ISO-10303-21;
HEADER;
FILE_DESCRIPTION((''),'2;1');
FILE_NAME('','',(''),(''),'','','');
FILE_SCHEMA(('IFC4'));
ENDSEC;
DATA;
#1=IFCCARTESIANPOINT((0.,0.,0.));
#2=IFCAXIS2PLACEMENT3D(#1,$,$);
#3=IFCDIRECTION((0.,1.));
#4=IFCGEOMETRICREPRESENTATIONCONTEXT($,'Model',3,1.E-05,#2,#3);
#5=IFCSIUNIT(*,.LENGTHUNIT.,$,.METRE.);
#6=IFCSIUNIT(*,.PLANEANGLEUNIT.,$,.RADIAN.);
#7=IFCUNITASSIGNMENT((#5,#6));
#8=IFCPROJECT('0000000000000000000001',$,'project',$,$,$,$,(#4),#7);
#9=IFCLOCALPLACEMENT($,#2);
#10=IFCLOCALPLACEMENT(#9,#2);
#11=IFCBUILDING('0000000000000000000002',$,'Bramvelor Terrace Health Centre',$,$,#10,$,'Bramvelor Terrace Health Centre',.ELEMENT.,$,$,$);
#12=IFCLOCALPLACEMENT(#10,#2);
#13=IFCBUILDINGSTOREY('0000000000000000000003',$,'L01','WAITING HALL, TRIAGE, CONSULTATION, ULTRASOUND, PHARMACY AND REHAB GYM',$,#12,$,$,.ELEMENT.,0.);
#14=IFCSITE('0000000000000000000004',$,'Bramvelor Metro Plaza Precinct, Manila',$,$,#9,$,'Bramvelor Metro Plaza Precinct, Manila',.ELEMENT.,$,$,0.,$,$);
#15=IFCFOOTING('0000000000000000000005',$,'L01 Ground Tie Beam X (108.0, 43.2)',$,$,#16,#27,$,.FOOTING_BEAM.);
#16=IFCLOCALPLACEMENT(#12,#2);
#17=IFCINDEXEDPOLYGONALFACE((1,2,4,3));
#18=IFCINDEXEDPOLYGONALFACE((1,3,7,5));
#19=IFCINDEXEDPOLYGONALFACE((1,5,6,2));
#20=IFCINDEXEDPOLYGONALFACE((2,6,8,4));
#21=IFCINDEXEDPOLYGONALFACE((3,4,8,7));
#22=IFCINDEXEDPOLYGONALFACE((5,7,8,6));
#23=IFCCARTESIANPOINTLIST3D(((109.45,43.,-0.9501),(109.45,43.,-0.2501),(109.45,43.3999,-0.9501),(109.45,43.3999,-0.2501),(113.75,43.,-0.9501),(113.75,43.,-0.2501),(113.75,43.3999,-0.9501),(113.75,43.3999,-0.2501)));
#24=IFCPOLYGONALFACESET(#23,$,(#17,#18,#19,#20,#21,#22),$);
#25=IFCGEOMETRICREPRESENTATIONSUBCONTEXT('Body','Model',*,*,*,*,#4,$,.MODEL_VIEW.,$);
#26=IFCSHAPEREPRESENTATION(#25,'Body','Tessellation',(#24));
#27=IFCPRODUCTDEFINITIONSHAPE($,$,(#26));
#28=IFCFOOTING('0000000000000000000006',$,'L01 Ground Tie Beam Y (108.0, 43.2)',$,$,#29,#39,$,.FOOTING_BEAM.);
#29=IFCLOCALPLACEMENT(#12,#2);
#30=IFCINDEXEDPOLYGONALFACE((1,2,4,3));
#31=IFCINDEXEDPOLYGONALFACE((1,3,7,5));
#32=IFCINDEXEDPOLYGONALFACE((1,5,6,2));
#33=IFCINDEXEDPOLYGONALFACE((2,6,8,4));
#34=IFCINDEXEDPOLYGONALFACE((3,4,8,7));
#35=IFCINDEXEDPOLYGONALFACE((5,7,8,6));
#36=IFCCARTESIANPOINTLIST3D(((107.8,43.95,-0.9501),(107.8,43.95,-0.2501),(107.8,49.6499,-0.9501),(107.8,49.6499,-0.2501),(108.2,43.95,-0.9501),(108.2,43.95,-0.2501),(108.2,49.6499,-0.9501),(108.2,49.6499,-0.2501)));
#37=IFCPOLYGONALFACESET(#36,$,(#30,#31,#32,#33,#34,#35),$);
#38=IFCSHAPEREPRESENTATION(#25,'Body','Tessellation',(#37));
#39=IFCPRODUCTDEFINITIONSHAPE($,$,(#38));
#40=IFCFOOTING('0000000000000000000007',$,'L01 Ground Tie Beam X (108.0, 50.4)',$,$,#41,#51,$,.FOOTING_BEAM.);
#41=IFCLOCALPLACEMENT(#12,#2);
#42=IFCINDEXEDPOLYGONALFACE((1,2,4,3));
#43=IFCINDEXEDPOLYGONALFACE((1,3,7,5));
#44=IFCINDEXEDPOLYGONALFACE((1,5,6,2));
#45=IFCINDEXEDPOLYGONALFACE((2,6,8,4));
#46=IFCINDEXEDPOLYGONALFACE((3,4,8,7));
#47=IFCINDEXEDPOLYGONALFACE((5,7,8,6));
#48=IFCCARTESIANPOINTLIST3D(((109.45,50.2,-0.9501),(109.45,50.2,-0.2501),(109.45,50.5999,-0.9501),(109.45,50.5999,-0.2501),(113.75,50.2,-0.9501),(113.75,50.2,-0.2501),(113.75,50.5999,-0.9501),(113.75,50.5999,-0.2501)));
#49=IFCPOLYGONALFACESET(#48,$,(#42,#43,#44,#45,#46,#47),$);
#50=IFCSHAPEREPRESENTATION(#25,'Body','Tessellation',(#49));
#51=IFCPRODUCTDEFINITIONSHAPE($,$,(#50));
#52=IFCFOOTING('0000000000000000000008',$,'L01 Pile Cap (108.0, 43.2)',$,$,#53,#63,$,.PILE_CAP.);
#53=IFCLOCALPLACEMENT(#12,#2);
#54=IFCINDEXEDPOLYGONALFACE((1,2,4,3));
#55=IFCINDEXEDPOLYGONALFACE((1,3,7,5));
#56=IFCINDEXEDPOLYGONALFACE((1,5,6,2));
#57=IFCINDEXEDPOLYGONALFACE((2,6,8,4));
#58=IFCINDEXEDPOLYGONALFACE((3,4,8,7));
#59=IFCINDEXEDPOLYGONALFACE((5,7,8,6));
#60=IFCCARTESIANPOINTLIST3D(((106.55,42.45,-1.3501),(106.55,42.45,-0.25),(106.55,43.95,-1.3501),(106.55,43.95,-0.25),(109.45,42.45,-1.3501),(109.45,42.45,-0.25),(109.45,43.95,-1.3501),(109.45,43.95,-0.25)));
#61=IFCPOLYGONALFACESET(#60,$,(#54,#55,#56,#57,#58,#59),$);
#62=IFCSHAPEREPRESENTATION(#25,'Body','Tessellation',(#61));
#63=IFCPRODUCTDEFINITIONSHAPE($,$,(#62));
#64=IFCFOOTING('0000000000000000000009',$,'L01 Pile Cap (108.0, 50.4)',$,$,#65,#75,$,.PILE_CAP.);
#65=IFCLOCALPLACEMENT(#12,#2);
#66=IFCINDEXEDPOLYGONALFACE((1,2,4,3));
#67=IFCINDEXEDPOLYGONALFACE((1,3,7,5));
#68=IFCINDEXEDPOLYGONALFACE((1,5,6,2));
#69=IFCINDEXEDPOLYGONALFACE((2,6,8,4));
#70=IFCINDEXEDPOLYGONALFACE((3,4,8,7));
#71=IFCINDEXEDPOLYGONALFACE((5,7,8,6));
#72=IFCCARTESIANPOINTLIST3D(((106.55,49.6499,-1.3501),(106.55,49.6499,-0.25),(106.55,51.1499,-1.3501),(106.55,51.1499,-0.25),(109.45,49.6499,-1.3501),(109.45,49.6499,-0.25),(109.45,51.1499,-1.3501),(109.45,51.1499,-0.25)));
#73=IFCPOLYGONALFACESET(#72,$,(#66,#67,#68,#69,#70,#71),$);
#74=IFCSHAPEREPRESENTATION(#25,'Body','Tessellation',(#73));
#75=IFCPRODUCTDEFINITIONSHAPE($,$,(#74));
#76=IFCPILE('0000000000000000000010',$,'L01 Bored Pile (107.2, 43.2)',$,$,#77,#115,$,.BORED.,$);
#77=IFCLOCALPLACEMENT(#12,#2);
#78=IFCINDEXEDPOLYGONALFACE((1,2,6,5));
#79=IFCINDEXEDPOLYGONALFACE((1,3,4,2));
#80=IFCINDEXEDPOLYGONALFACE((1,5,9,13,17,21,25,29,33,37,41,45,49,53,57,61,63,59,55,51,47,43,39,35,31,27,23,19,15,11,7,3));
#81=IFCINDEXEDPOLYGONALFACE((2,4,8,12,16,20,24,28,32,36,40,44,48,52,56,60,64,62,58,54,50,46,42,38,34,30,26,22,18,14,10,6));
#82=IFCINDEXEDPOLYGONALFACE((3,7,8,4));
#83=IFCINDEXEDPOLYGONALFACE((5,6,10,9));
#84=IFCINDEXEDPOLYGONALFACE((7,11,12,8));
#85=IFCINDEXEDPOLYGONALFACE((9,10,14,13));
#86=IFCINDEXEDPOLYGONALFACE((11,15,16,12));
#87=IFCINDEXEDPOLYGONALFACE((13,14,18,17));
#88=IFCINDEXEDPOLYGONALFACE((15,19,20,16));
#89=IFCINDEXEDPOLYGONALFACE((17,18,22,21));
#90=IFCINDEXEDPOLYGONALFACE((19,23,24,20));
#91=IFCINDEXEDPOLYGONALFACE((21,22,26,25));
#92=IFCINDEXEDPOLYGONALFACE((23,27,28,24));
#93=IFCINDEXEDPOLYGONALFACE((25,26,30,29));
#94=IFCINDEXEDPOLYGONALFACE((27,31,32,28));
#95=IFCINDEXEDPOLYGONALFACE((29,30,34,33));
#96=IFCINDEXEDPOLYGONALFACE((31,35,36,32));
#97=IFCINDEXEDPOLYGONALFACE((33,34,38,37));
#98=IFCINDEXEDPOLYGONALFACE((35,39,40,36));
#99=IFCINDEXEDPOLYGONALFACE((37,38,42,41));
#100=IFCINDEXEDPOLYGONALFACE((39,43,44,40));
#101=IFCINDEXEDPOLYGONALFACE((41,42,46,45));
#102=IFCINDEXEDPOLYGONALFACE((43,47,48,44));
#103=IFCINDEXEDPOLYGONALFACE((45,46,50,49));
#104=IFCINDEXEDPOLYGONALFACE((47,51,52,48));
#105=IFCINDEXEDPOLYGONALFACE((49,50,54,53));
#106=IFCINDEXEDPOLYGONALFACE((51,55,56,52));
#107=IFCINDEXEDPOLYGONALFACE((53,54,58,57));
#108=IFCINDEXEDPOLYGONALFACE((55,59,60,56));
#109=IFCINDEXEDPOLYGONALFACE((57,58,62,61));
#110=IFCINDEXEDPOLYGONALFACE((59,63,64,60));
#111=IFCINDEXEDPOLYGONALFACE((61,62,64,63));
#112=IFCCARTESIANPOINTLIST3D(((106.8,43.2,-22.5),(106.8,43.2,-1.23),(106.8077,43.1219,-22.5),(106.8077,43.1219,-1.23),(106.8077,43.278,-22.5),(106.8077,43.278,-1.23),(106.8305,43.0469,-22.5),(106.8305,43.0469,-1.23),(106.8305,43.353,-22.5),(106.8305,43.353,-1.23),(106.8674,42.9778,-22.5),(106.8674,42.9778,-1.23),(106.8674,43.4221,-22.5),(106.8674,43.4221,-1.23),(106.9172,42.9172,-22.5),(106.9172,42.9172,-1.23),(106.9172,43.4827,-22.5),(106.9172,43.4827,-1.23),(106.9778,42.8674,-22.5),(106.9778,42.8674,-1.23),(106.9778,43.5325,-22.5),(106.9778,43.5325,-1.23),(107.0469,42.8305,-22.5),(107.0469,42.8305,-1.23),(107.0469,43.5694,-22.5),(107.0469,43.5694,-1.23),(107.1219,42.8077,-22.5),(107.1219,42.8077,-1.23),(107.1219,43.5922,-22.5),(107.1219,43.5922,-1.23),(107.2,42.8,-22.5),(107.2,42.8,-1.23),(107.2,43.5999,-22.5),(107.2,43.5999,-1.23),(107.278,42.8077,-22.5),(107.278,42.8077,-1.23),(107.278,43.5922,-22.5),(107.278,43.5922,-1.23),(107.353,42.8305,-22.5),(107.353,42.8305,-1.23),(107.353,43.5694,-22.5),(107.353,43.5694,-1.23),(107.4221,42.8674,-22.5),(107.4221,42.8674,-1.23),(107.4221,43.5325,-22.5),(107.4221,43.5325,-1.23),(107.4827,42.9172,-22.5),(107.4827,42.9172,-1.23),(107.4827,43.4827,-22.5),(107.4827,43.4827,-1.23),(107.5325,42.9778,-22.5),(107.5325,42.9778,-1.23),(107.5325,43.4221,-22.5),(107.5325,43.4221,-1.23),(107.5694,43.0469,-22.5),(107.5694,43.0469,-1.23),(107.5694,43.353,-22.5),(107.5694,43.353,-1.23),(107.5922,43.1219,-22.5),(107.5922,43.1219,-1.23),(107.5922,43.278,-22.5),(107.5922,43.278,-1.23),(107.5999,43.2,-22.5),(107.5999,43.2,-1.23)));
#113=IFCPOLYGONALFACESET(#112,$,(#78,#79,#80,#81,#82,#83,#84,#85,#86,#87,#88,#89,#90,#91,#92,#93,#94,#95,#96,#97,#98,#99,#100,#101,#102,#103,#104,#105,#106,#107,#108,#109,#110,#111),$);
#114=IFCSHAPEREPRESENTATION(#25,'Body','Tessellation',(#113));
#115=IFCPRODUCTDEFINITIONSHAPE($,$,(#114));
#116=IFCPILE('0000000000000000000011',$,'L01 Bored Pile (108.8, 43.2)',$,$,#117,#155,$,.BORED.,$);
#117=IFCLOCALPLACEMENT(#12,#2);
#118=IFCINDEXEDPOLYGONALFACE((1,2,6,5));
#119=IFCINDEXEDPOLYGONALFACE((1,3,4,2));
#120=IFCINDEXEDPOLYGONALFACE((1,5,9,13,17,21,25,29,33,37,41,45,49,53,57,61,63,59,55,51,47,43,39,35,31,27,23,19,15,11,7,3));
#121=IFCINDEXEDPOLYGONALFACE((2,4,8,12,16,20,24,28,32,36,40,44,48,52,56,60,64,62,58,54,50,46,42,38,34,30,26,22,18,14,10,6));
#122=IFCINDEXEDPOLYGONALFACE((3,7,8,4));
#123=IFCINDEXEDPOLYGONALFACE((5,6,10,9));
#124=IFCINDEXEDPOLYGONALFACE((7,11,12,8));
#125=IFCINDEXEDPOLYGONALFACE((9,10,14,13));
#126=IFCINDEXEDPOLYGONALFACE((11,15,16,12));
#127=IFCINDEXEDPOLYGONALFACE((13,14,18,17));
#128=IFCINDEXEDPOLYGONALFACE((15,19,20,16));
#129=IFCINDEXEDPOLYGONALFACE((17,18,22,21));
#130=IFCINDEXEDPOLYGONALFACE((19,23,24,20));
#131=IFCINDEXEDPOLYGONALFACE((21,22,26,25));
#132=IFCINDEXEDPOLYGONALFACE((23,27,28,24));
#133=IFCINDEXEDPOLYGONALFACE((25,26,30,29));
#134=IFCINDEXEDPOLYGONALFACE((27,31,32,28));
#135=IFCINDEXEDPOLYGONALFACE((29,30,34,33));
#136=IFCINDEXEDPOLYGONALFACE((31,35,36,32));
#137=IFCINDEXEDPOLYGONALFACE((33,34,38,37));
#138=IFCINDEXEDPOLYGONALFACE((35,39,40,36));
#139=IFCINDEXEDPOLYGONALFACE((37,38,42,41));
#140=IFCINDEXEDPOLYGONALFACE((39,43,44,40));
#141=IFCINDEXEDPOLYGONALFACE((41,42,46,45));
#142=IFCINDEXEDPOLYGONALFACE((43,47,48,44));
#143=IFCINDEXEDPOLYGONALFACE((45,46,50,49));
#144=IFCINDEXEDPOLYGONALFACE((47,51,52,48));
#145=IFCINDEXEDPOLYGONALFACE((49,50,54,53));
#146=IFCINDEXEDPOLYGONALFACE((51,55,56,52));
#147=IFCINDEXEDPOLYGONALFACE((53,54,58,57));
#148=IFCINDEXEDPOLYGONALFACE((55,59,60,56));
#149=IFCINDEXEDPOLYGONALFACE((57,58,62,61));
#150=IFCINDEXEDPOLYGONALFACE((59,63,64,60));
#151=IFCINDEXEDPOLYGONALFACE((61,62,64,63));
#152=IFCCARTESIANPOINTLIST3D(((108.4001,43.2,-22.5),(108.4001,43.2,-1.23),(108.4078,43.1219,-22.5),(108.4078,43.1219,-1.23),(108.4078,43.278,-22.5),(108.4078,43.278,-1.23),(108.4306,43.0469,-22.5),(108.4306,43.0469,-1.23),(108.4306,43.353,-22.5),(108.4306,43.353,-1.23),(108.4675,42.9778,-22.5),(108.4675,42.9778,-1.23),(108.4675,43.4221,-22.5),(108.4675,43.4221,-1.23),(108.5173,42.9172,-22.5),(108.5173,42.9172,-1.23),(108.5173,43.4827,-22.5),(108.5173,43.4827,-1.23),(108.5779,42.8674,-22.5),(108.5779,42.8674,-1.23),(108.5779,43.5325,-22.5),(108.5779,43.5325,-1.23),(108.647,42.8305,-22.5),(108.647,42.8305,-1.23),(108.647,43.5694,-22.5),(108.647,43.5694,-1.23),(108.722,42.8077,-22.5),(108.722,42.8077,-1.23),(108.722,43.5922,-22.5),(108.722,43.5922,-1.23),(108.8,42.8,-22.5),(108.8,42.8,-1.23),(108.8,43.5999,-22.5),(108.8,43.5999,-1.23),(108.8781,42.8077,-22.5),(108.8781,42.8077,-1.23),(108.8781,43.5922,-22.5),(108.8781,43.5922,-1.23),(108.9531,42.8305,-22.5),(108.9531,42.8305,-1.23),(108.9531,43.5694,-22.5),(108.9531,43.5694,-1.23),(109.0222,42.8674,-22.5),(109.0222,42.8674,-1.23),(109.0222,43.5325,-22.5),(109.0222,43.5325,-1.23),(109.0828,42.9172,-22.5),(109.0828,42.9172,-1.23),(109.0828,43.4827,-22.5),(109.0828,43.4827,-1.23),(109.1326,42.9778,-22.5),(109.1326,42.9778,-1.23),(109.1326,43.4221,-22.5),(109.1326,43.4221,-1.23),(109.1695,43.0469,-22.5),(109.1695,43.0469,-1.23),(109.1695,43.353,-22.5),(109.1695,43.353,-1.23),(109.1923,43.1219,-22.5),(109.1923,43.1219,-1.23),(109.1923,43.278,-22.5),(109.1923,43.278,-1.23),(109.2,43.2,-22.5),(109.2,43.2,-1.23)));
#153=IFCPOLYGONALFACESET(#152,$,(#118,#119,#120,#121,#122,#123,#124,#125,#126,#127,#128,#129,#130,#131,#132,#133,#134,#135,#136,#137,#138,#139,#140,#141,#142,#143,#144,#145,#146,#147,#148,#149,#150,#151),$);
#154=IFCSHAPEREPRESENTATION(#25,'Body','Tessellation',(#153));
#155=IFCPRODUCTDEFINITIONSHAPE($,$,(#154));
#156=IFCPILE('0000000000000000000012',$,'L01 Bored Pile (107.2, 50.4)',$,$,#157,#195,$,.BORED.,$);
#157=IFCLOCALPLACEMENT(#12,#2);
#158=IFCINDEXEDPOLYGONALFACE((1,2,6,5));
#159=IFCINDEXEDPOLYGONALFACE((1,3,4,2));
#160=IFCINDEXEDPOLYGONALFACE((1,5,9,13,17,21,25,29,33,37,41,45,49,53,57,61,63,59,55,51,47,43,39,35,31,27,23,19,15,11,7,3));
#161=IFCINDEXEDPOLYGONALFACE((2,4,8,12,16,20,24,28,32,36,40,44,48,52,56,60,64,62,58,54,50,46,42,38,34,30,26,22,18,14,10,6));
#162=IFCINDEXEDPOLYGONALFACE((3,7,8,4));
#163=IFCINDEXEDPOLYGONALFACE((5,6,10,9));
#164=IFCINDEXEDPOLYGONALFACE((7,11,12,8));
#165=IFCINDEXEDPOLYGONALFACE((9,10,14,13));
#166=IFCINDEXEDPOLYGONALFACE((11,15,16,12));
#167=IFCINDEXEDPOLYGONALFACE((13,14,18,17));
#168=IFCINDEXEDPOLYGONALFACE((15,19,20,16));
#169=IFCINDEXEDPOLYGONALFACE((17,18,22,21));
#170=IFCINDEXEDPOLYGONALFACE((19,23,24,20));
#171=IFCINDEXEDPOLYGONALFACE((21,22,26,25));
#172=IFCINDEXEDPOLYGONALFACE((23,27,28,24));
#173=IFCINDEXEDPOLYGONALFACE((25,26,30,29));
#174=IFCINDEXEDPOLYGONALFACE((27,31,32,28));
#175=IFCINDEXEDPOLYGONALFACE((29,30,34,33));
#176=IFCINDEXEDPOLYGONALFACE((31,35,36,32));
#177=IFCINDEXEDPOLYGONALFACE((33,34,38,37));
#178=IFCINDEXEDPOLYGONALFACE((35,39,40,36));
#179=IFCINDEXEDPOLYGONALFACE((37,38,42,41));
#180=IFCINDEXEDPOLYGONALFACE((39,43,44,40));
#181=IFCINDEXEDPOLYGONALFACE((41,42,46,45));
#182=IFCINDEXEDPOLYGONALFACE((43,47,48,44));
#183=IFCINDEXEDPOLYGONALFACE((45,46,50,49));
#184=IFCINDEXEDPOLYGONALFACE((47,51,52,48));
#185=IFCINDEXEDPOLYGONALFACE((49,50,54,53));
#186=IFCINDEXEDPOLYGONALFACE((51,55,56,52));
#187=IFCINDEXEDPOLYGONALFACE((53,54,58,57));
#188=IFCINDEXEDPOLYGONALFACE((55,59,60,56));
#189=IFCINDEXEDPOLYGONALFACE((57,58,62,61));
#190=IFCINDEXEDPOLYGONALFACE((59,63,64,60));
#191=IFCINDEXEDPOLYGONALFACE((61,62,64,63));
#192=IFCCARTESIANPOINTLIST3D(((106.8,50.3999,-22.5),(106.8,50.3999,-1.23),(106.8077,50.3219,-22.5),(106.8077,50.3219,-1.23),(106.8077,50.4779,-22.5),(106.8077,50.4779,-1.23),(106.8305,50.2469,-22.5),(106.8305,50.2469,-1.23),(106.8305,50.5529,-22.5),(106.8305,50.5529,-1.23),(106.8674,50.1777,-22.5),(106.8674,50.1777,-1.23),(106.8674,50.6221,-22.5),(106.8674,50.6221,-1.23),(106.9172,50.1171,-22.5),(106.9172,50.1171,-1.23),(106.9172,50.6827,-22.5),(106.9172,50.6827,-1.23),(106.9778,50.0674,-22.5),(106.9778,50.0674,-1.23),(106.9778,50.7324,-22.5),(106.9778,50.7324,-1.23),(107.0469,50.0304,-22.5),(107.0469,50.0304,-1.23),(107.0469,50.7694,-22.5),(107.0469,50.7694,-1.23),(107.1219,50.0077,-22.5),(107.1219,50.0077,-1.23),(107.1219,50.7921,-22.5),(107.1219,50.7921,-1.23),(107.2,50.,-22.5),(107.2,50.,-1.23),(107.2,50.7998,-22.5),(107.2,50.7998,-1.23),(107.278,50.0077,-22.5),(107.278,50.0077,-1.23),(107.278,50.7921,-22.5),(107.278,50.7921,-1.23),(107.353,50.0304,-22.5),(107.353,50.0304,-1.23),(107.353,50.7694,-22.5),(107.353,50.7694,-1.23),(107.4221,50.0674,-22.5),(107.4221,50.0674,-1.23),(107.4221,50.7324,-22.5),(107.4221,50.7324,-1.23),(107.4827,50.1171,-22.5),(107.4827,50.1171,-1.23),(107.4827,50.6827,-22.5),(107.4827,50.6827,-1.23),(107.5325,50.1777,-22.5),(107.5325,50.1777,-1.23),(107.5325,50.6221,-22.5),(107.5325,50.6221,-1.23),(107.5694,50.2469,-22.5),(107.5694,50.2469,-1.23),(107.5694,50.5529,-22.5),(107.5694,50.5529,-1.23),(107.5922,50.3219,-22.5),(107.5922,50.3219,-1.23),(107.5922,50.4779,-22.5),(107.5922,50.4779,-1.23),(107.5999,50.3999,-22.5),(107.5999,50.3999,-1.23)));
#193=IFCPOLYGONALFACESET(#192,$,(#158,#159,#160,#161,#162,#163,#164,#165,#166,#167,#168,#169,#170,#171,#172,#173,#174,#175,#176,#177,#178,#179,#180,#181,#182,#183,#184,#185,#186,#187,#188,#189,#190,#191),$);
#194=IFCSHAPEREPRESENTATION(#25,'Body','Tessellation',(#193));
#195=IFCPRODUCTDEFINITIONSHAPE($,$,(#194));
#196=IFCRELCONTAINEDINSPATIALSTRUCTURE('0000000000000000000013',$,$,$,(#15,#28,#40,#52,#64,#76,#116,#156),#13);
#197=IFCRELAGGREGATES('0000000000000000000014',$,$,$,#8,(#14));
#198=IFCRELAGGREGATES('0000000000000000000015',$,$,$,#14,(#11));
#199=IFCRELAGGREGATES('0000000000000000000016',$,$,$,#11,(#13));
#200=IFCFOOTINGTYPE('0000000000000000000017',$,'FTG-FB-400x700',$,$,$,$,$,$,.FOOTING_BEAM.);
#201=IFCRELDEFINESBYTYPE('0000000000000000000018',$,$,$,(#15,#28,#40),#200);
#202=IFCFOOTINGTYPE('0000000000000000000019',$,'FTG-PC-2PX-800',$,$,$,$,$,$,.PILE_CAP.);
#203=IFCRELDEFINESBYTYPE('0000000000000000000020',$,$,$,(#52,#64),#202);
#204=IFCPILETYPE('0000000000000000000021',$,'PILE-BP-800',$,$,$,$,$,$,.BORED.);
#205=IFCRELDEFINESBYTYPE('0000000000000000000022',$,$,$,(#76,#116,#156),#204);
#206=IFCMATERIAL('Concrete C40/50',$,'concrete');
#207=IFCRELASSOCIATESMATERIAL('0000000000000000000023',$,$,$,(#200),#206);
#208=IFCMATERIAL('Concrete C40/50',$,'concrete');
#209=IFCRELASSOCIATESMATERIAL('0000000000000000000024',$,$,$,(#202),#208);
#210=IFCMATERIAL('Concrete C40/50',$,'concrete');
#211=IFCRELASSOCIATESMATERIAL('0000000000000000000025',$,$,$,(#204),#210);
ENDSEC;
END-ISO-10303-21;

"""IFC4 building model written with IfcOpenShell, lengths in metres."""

from ifc_helpers import new_model, si_unit, direction, frame, origin, origin_2d, place, context, subcontext, project, spatial, rectangle, circle, extrude, material, material_profile, profile_set, type_object, element, save


model = new_model("IFC4")

# Units and contexts
model_context = context("Model", 3, precision=1e-05, world=origin(), true_north=direction((0.0, 1.0)))
body_context = subcontext(model_context, "Body", "Model", "MODEL_VIEW")
ifc_project = project(units=[si_unit("LENGTHUNIT", "METRE"), si_unit("PLANEANGLEUNIT", "RADIAN")], contexts=[model_context])

# Site, building, storey
site_placement = place(None, origin())
site = spatial("IfcSite", under=ifc_project, at=site_placement, Name="Bramvelor Metro Plaza Precinct, Manila", LongName="Bramvelor Metro Plaza Precinct, Manila", CompositionType="ELEMENT", RefElevation=0.0)
building_placement = place(site_placement, origin())
building = spatial("IfcBuilding", under=site, at=building_placement, Name="Bramvelor Terrace Health Centre", LongName="Bramvelor Terrace Health Centre", CompositionType="ELEMENT")
storey_placement = place(building_placement, origin())
storey = spatial("IfcBuildingStorey", under=building, at=storey_placement, Name="L01", Description="WAITING HALL, TRIAGE, CONSULTATION, ULTRASOUND, PHARMACY AND REHAB GYM", CompositionType="ELEMENT", Elevation=0.0)

# Footings
ifc_material_1 = material(Name="Concrete C40/50", Category="concrete")
ifc_material_profile_1 = material_profile(ifc_material_1, rectangle(XDim=0.3999, YDim=0.7, at=origin_2d()), Name="RC 400x700")
ifc_profile_set_1 = profile_set([ifc_material_profile_1], Name="Concrete C40/50")
footing_type_1 = type_object("IfcFootingType", Name="FTG-FB-400x700", PredefinedType="FOOTING_BEAM", material=ifc_profile_set_1)
footing_1_placement = place(storey_placement, frame((109.45, 43.2, -0.6001), z_axis=(1.0, 0.0, 0.0), x_axis=(0.0, 1.0, 0.0)))
element("IfcFooting", 1, at=footing_1_placement, inside=storey, type_object=footing_type_1, Name="L01 Ground Tie Beam X (108.0, 43.2)", PredefinedType="FOOTING_BEAM", context=body_context, shape_type="SweptSolid", body=[
    extrude(rectangle(XDim=0.3999, YDim=0.7, at=origin_2d()), origin(), (0.0, 0.0, 1.0), 4.3),
])
footing_2_placement = place(storey_placement, frame((108.0, 43.95, -0.6001), z_axis=(0.0, 1.0, 0.0), x_axis=(-1.0, 0.0, 0.0)))
element("IfcFooting", 2, at=footing_2_placement, inside=storey, type_object=footing_type_1, Name="L01 Ground Tie Beam Y (108.0, 43.2)", PredefinedType="FOOTING_BEAM", context=body_context, shape_type="SweptSolid", body=[
    extrude(rectangle(XDim=0.3999, YDim=0.7, at=origin_2d()), origin(), (0.0, 0.0, 1.0), 5.7),
])
footing_3_placement = place(storey_placement, frame((109.45, 50.3999, -0.6001), z_axis=(1.0, 0.0, 0.0), x_axis=(0.0, 1.0, 0.0)))
element("IfcFooting", 3, at=footing_3_placement, inside=storey, type_object=footing_type_1, Name="L01 Ground Tie Beam X (108.0, 50.4)", PredefinedType="FOOTING_BEAM", context=body_context, shape_type="SweptSolid", body=[
    extrude(rectangle(XDim=0.3999, YDim=0.7, at=origin_2d()), origin(), (0.0, 0.0, 1.0), 4.3),
])
ifc_material_2 = material(Name="Concrete C40/50", Category="concrete")
footing_type_2 = type_object("IfcFootingType", Name="FTG-PC-2PX-800", PredefinedType="PILE_CAP", material=ifc_material_2)
for number, where, z_axis, x_axis, name in (
    (4, (108.0, 43.2, -1.3501), (0.0, 0.0, 1.0), (1.0, 0.0, 0.0), "L01 Pile Cap (108.0, 43.2)"),
    (5, (108.0, 50.3999, -1.3501), (0.0, 0.0, 1.0), (1.0, 0.0, 0.0), "L01 Pile Cap (108.0, 50.4)"),
):
    element("IfcFooting", number, at=place(storey_placement, frame(where, z_axis=z_axis, x_axis=x_axis)), inside=storey, type_object=footing_type_2, Name=name, PredefinedType="PILE_CAP", context=body_context, shape_type="SweptSolid", body=[
        extrude(rectangle(XDim=2.8999, YDim=1.5, at=origin_2d()), origin(), (0.0, 0.0, 1.0), 1.1001),
    ])

# Piles
ifc_material_3 = material(Name="Concrete C40/50", Category="concrete")
ifc_material_profile_2 = material_profile(ifc_material_3, circle(Radius=0.3999, at=origin_2d()), Name="BP D800")
ifc_profile_set_2 = profile_set([ifc_material_profile_2], Name="Concrete C40/50")
pile_type = type_object("IfcPileType", Name="PILE-BP-800", PredefinedType="BORED", material=ifc_profile_set_2)
for number, where, z_axis, x_axis, name in (
    (6, (107.2, 43.2, -1.23), (0.0, 0.0, -1.0), (1.0, 0.0, 0.0), "L01 Bored Pile (107.2, 43.2)"),
    (7, (108.8, 43.2, -1.23), (0.0, 0.0, -1.0), (1.0, 0.0, 0.0), "L01 Bored Pile (108.8, 43.2)"),
    (8, (107.2, 50.3999, -1.23), (0.0, 0.0, -1.0), (1.0, 0.0, 0.0), "L01 Bored Pile (107.2, 50.4)"),
):
    element("IfcPile", number, at=place(storey_placement, frame(where, z_axis=z_axis, x_axis=x_axis)), inside=storey, type_object=pile_type, Name=name, PredefinedType="BORED", context=body_context, shape_type="SweptSolid", body=[
        extrude(circle(Radius=0.3999, at=origin_2d()), origin(), (0.0, 0.0, 1.0), 21.27),
    ])

save(model, "model.ifc")
